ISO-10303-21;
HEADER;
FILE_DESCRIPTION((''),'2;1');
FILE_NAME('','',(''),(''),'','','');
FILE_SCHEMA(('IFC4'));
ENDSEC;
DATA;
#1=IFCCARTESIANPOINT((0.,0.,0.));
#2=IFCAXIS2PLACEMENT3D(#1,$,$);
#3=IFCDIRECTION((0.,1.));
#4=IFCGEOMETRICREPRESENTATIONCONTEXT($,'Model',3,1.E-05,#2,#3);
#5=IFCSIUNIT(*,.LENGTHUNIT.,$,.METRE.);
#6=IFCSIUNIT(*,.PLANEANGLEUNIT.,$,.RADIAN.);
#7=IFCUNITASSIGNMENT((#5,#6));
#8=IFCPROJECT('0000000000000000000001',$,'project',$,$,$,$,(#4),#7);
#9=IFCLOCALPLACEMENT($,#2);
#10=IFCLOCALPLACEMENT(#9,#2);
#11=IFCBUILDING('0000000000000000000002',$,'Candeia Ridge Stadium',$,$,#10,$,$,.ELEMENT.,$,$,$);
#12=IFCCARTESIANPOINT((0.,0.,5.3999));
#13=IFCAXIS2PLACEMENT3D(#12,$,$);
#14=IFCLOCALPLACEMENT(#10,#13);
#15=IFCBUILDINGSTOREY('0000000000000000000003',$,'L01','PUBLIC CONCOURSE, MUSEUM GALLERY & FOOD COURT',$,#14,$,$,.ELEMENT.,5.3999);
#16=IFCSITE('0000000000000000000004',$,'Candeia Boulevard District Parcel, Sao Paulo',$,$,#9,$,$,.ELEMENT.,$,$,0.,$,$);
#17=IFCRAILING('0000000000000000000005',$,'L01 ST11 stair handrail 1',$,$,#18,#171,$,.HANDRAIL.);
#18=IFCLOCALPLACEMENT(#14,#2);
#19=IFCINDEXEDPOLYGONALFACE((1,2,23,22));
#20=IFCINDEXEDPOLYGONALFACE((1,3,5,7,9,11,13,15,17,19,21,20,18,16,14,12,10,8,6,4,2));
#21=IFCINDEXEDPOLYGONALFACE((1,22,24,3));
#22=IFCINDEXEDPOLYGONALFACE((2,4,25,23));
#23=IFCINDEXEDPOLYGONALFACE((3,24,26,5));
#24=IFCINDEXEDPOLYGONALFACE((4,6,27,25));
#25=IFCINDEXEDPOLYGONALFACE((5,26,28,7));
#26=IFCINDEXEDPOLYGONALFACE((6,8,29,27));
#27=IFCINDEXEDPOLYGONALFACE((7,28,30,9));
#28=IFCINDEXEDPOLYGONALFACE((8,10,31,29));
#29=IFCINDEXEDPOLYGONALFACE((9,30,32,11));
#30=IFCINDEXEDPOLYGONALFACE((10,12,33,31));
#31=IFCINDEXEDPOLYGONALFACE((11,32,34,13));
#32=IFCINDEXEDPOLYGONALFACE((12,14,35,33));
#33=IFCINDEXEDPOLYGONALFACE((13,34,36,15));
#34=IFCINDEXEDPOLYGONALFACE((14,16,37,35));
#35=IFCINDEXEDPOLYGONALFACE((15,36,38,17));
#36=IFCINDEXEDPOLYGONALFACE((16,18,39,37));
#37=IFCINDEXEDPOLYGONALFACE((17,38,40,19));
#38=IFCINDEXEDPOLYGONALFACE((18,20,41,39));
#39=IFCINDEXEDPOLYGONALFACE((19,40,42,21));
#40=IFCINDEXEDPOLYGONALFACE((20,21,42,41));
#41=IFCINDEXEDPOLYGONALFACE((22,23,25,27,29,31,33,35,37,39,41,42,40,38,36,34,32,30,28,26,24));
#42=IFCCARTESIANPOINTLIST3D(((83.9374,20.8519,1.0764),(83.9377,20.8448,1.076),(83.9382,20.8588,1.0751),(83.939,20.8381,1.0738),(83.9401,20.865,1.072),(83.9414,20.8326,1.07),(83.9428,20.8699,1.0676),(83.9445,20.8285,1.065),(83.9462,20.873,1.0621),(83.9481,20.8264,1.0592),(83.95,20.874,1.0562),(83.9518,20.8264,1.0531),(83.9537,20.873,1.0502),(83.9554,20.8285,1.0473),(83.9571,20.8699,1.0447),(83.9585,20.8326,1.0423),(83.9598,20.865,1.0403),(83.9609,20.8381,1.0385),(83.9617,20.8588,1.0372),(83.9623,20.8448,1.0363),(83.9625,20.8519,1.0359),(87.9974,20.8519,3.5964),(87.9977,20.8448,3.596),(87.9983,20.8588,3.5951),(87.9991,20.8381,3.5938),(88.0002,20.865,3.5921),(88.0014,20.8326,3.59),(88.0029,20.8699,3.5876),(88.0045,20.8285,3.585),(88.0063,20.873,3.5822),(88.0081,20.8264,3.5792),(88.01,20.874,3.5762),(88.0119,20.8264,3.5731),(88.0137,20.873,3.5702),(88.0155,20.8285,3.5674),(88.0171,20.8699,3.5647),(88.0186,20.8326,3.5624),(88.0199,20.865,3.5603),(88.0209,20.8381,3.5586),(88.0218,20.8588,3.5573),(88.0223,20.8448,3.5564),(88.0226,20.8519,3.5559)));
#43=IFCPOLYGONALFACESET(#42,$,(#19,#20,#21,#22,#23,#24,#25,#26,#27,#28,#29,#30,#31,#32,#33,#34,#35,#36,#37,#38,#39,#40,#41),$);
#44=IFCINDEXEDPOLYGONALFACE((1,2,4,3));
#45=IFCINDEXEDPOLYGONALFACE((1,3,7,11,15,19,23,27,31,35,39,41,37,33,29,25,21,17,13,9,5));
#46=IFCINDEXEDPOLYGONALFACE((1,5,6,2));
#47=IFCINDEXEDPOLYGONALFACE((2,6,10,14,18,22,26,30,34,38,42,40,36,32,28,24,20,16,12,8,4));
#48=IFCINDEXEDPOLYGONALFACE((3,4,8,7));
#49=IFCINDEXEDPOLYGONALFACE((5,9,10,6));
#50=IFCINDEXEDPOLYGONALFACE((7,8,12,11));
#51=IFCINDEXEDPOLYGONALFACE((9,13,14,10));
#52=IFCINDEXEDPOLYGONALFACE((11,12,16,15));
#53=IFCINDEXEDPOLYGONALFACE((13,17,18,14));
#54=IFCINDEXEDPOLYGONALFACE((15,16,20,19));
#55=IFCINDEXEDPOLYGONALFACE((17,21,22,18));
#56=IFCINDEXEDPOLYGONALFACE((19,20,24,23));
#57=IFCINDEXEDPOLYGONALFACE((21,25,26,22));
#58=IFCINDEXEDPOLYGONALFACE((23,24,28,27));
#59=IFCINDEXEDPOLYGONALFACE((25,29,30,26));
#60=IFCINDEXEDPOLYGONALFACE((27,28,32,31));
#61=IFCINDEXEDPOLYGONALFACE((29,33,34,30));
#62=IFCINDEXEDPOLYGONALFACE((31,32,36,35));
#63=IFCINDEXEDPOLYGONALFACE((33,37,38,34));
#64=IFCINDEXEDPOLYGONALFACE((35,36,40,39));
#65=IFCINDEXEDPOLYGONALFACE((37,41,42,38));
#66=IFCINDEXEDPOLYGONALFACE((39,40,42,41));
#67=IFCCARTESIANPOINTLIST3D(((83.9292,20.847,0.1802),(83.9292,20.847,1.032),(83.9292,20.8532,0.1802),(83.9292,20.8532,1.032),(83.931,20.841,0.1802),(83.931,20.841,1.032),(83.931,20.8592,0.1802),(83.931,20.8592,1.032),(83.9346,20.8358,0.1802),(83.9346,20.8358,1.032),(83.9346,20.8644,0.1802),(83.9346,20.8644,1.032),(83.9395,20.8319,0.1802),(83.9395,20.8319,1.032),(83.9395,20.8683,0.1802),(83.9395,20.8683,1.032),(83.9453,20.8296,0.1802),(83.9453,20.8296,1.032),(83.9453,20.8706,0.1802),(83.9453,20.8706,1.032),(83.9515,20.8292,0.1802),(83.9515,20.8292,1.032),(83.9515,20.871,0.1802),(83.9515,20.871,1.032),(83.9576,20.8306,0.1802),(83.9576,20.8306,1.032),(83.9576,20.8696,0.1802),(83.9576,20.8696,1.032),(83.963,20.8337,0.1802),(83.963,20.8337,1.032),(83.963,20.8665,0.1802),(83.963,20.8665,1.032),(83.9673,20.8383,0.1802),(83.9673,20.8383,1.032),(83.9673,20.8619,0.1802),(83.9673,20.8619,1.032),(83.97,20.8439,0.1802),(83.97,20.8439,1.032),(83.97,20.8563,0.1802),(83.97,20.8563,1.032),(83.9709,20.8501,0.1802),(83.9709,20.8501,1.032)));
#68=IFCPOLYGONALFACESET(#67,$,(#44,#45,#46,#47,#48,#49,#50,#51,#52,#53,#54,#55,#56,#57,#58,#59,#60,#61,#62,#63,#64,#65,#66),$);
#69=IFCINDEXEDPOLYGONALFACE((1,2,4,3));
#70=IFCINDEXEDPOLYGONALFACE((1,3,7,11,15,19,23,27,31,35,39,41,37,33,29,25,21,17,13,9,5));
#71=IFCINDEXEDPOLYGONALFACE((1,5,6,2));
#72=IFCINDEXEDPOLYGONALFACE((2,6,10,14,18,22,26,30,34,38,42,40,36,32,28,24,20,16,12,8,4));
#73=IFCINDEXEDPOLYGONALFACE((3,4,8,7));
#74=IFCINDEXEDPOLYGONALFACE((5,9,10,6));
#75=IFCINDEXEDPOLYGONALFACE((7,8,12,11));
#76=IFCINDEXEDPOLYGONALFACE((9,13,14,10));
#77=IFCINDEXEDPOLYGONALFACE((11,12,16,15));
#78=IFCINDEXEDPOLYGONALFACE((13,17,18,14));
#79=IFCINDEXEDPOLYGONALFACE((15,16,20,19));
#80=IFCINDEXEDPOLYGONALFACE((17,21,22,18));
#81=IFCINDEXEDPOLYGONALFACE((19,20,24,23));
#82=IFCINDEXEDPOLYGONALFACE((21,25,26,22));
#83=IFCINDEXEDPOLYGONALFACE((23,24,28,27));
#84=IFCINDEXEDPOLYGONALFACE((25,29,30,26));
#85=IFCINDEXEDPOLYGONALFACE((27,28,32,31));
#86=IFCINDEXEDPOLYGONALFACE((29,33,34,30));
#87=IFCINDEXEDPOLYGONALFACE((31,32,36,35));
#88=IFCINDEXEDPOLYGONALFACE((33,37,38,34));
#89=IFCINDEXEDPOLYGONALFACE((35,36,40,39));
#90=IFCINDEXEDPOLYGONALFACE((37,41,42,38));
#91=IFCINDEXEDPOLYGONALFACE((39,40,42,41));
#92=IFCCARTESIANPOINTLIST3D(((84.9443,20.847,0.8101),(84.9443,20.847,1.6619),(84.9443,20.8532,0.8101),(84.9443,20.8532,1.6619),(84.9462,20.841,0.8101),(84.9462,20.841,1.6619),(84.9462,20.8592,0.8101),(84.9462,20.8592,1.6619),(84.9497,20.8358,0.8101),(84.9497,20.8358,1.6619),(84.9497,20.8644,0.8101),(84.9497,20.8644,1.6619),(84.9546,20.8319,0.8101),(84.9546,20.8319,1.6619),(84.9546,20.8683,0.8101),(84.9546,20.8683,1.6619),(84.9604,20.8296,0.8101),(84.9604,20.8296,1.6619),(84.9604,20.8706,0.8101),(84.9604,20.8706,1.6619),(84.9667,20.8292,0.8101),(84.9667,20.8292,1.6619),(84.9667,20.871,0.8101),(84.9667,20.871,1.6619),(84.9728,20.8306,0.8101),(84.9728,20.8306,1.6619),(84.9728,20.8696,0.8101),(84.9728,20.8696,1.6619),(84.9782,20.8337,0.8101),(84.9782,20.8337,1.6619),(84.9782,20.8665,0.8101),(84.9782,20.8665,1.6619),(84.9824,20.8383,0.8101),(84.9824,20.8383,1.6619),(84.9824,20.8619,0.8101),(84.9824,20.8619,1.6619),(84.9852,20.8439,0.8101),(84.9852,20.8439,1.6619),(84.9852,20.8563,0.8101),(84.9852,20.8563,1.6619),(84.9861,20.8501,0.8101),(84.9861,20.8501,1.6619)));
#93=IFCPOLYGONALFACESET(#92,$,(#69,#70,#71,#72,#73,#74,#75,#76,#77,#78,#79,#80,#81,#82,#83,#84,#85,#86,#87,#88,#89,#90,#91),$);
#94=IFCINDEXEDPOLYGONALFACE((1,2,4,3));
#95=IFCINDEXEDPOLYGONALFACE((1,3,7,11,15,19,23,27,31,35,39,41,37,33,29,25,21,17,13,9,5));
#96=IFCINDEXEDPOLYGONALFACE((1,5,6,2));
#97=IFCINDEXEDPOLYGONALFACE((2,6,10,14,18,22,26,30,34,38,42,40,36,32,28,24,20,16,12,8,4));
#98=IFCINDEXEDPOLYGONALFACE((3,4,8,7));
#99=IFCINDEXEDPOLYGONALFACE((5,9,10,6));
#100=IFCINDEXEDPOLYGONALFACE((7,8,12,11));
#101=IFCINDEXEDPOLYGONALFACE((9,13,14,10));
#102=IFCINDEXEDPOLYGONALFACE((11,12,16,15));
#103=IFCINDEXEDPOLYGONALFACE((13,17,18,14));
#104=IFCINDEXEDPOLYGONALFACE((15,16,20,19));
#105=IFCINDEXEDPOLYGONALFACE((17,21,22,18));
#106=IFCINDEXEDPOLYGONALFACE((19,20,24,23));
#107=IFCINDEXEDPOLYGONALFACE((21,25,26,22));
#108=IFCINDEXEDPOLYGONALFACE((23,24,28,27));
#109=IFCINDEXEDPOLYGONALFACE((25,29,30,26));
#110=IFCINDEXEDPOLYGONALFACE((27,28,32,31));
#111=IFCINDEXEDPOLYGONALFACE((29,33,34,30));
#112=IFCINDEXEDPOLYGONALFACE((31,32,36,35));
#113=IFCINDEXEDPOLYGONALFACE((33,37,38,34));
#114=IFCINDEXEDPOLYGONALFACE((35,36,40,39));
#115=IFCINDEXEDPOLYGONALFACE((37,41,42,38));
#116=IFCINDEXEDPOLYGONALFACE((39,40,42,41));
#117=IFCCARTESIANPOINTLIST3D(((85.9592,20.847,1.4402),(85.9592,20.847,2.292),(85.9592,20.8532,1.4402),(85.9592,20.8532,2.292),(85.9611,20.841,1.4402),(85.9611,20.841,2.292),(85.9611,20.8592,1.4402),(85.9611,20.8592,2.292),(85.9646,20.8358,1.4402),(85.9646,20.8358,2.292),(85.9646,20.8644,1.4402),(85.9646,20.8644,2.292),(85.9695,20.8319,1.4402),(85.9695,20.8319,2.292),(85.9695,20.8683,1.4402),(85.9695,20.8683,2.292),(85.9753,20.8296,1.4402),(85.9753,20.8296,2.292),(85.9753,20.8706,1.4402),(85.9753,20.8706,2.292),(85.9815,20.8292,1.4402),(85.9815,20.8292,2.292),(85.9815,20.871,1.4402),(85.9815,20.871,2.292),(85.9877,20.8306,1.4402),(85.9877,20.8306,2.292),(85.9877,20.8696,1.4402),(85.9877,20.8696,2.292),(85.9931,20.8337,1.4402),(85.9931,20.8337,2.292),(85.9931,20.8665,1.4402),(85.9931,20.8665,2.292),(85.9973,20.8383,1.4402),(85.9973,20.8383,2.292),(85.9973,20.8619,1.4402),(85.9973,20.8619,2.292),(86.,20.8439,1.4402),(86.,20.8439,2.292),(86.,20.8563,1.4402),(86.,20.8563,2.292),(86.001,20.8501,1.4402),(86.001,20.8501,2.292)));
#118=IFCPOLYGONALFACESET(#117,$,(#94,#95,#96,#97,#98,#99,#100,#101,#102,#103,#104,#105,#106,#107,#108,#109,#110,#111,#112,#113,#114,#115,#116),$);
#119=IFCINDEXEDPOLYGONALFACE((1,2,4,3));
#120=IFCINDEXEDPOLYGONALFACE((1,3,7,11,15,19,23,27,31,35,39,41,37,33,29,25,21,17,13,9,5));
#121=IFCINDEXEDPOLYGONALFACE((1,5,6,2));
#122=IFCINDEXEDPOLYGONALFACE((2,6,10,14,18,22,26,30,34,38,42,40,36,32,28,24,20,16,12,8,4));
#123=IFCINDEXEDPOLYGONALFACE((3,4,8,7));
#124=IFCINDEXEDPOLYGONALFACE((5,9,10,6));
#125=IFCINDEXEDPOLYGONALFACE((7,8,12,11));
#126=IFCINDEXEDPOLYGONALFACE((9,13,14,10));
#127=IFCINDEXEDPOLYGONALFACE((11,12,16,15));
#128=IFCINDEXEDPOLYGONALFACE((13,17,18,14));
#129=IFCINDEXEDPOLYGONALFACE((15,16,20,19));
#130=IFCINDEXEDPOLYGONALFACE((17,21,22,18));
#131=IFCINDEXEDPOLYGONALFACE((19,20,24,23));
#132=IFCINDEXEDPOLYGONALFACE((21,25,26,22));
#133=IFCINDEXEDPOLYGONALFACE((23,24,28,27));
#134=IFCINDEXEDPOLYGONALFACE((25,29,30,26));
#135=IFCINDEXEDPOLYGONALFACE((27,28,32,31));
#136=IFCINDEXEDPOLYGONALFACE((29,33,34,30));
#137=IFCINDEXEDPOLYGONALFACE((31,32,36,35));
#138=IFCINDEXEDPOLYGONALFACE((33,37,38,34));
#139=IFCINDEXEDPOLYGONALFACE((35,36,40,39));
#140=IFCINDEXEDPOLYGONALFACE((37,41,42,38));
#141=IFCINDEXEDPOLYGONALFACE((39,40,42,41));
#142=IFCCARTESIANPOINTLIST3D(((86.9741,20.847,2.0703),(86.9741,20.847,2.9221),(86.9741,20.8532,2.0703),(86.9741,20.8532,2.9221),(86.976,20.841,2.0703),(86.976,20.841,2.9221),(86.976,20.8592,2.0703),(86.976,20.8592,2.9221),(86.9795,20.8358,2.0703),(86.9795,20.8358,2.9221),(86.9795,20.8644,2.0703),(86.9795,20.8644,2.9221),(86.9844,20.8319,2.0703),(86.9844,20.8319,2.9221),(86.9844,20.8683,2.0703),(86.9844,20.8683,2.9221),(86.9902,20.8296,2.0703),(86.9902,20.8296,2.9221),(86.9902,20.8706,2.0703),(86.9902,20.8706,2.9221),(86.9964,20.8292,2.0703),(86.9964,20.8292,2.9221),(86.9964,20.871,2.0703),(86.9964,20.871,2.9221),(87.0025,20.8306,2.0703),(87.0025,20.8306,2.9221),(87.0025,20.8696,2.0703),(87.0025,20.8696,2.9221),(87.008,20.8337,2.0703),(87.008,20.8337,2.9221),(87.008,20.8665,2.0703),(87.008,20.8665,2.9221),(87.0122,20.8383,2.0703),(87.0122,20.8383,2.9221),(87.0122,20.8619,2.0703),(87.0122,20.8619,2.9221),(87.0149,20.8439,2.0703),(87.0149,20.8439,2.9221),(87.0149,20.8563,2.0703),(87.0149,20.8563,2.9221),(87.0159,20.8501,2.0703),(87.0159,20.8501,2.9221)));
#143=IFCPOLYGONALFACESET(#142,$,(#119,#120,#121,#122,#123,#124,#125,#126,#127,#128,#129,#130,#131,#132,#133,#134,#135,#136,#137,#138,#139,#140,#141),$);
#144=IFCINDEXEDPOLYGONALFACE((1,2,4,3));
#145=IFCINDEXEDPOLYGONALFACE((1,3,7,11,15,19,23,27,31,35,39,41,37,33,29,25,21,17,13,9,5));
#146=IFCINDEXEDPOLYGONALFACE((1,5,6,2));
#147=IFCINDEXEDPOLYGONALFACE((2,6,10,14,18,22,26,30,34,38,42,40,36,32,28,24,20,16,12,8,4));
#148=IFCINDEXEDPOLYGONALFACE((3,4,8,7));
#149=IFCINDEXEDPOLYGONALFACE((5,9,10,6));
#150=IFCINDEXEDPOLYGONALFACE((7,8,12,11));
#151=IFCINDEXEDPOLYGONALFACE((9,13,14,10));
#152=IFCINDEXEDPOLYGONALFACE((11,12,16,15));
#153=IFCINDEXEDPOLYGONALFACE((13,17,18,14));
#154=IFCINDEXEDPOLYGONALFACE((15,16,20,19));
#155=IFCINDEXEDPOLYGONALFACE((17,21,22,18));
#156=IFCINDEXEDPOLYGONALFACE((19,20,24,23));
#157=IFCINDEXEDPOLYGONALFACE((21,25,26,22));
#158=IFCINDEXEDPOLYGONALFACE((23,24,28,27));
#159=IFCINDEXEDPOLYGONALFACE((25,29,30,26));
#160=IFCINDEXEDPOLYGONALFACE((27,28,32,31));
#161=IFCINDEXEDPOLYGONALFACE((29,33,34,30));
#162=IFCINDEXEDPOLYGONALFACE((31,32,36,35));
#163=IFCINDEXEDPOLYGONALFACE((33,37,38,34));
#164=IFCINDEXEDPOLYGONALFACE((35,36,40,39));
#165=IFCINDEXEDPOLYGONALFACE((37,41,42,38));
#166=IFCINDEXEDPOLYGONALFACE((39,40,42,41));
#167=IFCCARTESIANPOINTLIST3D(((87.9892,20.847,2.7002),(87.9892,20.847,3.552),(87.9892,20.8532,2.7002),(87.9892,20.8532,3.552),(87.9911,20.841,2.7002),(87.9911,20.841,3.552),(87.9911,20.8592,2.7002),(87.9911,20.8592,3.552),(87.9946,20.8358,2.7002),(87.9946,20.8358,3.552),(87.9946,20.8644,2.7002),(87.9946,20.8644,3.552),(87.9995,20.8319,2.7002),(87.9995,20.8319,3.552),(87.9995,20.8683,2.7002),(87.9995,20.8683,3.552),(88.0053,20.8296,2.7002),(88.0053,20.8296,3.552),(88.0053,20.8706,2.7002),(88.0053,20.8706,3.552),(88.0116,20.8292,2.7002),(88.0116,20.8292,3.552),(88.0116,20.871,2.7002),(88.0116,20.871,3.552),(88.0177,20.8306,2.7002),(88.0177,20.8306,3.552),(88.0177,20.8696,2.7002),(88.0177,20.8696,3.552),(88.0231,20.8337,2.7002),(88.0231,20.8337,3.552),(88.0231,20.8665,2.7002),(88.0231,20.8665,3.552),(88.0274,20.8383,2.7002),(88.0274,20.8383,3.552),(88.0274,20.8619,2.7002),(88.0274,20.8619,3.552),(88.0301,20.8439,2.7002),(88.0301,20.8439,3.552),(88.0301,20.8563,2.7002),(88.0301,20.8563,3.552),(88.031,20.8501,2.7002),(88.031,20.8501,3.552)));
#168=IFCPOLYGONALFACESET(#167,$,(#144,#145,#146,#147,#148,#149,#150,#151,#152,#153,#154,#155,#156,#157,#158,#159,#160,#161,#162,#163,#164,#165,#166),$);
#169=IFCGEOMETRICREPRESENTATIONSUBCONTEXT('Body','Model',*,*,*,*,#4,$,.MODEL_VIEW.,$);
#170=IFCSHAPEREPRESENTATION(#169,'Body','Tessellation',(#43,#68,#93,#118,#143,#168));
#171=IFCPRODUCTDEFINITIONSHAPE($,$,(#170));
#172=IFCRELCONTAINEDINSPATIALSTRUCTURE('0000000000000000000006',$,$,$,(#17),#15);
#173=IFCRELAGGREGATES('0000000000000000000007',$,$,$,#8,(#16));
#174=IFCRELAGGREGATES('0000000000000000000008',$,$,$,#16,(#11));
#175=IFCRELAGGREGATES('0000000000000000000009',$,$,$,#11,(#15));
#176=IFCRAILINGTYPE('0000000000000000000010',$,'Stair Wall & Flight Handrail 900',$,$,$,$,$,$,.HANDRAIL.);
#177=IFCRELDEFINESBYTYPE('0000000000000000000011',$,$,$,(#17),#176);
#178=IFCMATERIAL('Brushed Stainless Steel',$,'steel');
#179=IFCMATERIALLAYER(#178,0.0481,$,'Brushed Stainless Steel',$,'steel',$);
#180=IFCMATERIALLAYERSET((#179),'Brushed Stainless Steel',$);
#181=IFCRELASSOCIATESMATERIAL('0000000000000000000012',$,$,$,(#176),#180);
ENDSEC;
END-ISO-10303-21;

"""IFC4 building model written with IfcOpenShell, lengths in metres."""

from ifc_helpers import new_model, si_unit, direction, frame, origin, origin_2d, place, context, subcontext, project, spatial, circle, extrude, material, layer, layer_set, type_object, element, save


model = new_model("IFC4")

# Units and contexts
model_context = context("Model", 3, precision=1e-05, world=origin(), true_north=direction((0.0, 1.0)))
body_context = subcontext(model_context, "Body", "Model", "MODEL_VIEW")
ifc_project = project(units=[si_unit("LENGTHUNIT", "METRE"), si_unit("PLANEANGLEUNIT", "RADIAN")], contexts=[model_context])

# Site, building, storey
site_placement = place(None, origin())
site = spatial("IfcSite", under=ifc_project, at=site_placement, Name="Candeia Boulevard District Parcel, Sao Paulo", CompositionType="ELEMENT", RefElevation=0.0)
building_placement = place(site_placement, origin())
building = spatial("IfcBuilding", under=site, at=building_placement, Name="Candeia Ridge Stadium", CompositionType="ELEMENT")
storey_placement = place(building_placement, frame((0.0, 0.0, 5.3999)))
storey = spatial("IfcBuildingStorey", under=building, at=storey_placement, Name="L01", Description="PUBLIC CONCOURSE, MUSEUM GALLERY & FOOD COURT", CompositionType="ELEMENT", Elevation=5.3999)

# Shared definitions
ifc_material_1 = material(Name="Brushed Stainless Steel", Category="steel")

# Railing
ifc_layer_1 = layer(ifc_material_1, 0.0481, Name="Brushed Stainless Steel", Category="steel")
ifc_layer_set_1 = layer_set([ifc_layer_1], Name="Brushed Stainless Steel")
railing_type_1 = type_object("IfcRailingType", Name="Stair Wall & Flight Handrail 900", PredefinedType="HANDRAIL", material=ifc_layer_set_1)
railing_1_placement = place(storey_placement, frame((83.95, 20.8501, 0.1802)))
element("IfcRailing", 1, at=railing_1_placement, inside=storey, type_object=railing_type_1, Name="L01 ST11 stair handrail 1", PredefinedType="HANDRAIL", context=body_context, shape_type="SweptSolid", body=[
    extrude(circle(Radius=0.0239, at=origin_2d()), frame((0.0, 0.0, 0.876), z_axis=(0.849642, 0.0, 0.52736), x_axis=(0.0, 1.0, 0.0)), (0.0, 0.0, 1.0), 4.7786),
    extrude(circle(Radius=0.021, at=origin_2d()), origin(), (0.0, 0.0, 1.0), 0.8518),
    extrude(circle(Radius=0.021, at=origin_2d()), frame((1.0151, 0.0, 0.6299)), (0.0, 0.0, 1.0), 0.8518),
    extrude(circle(Radius=0.021, at=origin_2d()), frame((2.03, 0.0, 1.26)), (0.0, 0.0, 1.0), 0.8518),
    extrude(circle(Radius=0.021, at=origin_2d()), frame((3.0449, 0.0, 1.8901)), (0.0, 0.0, 1.0), 0.8518),
    extrude(circle(Radius=0.021, at=origin_2d()), frame((4.0601, 0.0, 2.52)), (0.0, 0.0, 1.0), 0.8518),
])

save(model, "model.ifc")
